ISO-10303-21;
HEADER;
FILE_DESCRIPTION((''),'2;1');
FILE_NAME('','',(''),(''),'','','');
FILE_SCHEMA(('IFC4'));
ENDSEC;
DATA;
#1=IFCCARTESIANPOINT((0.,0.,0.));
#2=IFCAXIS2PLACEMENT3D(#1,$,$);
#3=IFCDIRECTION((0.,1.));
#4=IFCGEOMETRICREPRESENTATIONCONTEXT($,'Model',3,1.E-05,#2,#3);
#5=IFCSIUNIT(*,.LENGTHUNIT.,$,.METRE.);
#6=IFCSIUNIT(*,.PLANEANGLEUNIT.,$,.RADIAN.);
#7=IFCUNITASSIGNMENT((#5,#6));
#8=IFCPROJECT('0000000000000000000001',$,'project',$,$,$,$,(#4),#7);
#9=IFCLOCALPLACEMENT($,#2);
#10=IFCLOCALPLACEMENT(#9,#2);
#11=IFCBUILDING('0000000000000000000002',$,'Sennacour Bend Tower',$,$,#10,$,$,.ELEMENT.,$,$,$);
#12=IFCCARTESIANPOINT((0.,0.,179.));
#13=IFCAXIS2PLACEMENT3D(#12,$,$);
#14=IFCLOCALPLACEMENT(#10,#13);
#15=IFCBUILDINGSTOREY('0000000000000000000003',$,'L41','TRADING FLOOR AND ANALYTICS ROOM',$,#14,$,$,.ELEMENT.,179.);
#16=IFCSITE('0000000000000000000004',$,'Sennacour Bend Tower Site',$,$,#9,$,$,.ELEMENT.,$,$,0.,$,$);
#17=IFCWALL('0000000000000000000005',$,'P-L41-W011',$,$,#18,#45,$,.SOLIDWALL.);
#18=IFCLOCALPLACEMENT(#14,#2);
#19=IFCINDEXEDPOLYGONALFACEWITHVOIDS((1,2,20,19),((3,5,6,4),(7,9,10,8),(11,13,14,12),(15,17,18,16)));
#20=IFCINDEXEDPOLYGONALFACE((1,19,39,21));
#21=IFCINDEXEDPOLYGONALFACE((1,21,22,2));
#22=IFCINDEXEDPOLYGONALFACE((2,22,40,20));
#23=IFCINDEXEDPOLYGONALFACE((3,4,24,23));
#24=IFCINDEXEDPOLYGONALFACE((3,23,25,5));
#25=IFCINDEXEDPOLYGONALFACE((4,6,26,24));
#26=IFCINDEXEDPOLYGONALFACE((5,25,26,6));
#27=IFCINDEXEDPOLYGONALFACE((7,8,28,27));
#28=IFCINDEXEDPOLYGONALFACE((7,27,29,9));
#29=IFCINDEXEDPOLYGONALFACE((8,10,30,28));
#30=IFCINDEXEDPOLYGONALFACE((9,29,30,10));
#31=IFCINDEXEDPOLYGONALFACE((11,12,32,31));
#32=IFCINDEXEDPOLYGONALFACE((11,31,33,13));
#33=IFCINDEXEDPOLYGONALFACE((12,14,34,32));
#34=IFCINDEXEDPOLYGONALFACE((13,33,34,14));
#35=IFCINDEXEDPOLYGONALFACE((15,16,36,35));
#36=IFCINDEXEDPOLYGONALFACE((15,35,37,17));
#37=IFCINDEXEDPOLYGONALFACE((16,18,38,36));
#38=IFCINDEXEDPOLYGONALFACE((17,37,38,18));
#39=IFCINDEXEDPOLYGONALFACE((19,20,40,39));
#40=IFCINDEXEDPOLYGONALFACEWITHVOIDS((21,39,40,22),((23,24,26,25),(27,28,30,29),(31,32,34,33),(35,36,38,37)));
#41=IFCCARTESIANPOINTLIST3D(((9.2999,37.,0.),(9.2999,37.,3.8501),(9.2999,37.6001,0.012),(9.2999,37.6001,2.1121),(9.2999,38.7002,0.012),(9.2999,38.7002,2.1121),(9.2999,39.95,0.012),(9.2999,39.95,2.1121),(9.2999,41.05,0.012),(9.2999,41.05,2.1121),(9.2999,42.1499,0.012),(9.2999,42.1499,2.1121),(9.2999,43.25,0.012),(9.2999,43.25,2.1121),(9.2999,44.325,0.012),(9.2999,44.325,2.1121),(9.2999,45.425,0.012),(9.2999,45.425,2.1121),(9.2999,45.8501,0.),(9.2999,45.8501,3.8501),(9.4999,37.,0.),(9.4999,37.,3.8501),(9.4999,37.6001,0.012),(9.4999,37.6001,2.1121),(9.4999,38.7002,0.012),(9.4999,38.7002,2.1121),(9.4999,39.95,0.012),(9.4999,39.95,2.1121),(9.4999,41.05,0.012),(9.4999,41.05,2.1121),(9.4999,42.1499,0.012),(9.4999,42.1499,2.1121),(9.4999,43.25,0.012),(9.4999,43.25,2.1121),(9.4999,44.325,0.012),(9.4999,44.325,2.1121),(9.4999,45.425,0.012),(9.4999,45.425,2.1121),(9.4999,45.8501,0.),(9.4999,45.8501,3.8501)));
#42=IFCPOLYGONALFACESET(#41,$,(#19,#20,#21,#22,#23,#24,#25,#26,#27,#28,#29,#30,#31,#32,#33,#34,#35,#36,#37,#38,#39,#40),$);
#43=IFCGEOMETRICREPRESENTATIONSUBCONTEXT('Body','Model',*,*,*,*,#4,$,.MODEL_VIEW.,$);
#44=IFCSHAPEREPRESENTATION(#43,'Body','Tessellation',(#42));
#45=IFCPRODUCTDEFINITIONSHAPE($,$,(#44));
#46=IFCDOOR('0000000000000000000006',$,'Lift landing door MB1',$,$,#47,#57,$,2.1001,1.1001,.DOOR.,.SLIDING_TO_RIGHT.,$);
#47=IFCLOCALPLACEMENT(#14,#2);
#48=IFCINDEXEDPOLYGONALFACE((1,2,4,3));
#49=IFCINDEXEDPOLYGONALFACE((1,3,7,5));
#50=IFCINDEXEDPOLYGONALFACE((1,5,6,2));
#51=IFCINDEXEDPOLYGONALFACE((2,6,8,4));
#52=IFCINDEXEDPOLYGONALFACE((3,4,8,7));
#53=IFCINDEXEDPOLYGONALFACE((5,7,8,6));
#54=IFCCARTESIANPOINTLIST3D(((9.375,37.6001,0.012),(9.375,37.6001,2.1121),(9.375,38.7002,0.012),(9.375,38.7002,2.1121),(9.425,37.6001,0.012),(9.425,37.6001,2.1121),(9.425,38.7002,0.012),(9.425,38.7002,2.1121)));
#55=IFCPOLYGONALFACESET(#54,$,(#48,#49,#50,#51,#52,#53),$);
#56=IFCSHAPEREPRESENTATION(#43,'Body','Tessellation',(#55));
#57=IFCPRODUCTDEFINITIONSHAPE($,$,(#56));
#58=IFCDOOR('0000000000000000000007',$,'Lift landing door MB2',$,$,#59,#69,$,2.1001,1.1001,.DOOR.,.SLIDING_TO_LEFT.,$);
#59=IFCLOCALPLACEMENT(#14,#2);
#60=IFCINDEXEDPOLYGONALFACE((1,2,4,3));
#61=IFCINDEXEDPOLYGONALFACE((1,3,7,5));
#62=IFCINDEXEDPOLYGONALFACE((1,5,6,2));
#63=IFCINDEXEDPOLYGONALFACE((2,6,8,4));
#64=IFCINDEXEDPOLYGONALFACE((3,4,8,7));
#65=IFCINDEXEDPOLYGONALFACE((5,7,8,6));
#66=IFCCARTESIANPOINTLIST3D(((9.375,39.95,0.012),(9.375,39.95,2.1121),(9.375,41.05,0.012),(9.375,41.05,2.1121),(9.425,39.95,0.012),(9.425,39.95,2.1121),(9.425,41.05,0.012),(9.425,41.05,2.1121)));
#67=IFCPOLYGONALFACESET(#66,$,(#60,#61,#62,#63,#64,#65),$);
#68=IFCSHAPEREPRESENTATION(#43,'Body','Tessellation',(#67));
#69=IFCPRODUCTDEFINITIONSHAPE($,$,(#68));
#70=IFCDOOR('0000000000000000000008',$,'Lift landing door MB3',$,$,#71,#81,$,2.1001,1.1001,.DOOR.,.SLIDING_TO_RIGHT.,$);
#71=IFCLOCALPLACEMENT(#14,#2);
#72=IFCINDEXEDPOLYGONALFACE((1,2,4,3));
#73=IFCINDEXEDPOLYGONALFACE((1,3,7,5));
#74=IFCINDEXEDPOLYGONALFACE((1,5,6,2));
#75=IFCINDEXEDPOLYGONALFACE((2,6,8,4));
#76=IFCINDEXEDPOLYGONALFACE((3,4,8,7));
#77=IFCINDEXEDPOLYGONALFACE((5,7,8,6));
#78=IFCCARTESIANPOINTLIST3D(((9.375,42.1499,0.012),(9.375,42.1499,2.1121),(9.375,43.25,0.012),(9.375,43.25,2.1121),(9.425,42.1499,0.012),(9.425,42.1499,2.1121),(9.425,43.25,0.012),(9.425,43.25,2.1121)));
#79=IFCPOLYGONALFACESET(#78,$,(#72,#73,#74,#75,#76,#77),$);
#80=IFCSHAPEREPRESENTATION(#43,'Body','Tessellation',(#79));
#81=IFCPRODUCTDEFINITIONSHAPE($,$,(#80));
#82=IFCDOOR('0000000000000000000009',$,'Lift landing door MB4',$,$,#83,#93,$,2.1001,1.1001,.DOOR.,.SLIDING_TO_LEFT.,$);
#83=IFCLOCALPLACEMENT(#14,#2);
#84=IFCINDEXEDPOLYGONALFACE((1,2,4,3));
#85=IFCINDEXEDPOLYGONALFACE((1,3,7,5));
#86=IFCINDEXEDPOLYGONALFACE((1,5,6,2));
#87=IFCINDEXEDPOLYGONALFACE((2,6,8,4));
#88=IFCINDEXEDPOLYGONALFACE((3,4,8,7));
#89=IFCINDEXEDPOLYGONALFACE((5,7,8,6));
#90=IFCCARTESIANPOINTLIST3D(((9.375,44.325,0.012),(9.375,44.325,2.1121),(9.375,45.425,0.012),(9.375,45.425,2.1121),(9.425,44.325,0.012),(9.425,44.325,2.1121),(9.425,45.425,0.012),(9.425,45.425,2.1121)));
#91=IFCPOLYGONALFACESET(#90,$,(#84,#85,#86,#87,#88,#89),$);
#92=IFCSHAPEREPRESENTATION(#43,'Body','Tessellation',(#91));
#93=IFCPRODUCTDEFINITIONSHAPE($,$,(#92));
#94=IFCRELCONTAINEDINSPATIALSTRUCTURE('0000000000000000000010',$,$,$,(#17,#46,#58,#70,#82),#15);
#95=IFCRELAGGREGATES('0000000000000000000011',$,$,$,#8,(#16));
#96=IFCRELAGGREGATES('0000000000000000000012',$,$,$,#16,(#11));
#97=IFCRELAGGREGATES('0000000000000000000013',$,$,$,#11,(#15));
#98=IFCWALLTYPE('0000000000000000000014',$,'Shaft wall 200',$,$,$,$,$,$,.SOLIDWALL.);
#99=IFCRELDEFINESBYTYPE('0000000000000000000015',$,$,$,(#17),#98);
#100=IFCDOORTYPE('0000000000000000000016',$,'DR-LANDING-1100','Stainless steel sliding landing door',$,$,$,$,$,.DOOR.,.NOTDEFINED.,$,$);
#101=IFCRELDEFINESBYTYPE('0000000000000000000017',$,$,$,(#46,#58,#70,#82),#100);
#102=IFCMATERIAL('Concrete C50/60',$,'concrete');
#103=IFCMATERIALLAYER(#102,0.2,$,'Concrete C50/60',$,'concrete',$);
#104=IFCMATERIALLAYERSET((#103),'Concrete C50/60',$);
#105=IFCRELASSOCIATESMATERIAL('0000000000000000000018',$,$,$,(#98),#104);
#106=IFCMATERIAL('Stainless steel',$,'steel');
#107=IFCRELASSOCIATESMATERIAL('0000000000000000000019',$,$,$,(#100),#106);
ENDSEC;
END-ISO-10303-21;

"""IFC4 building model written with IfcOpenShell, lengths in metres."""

from ifc_helpers import new_model, si_unit, direction, frame, frame_2d, origin, place, context, subcontext, project, spatial, rectangle, extrude, material, layer, layer_set, type_object, element, fill, save


model = new_model("IFC4")

# Units and contexts
model_context = context("Model", 3, precision=1e-05, world=origin(), true_north=direction((0.0, 1.0)))
body_context = subcontext(model_context, "Body", "Model", "MODEL_VIEW")
ifc_project = project(units=[si_unit("LENGTHUNIT", "METRE"), si_unit("PLANEANGLEUNIT", "RADIAN")], contexts=[model_context])

# Site, building, storey
site_placement = place(None, origin())
site = spatial("IfcSite", under=ifc_project, at=site_placement, Name="Sennacour Bend Tower Site", CompositionType="ELEMENT", RefElevation=0.0)
building_placement = place(site_placement, origin())
building = spatial("IfcBuilding", under=site, at=building_placement, Name="Sennacour Bend Tower", CompositionType="ELEMENT")
storey_placement = place(building_placement, frame((0.0, 0.0, 179.0)))
storey = spatial("IfcBuildingStorey", under=building, at=storey_placement, Name="L41", Description="TRADING FLOOR AND ANALYTICS ROOM", CompositionType="ELEMENT", Elevation=179.0)

# Wall, openings, doors
ifc_material_1 = material(Name="Concrete C50/60", Category="concrete")
ifc_layer_1 = layer(ifc_material_1, 0.2, Name="Concrete C50/60", Category="concrete")
ifc_layer_set_1 = layer_set([ifc_layer_1], Name="Concrete C50/60")
wall_type_1 = type_object("IfcWallType", Name="Shaft wall 200", PredefinedType="SOLIDWALL", material=ifc_layer_set_1)
wall_1_placement = place(storey_placement, frame((9.3999, 37.0, 0.0), z_axis=(0.0, 0.0, 1.0), x_axis=(0.0, 1.0, 0.0)))
wall_1 = element("IfcWall", 1, at=wall_1_placement, inside=storey, type_object=wall_type_1, Name="P-L41-W011", PredefinedType="SOLIDWALL", context=body_context, shape_type="SweptSolid", body=[
    extrude(rectangle(XDim=8.8501, YDim=0.2, at=frame_2d((4.425, 0.0))), origin(), (0.0, 0.0, 1.0), 3.8501),
])
opening_1_placement = place(wall_1_placement, frame((0.6001, 0.0, 0.012)))
opening_1 = element("IfcOpeningElement", 2, at=opening_1_placement, cuts=wall_1, PredefinedType="OPENING", context=body_context, shape_type="SweptSolid", body=[
    extrude(rectangle(XDim=1.1001, YDim=2.1001, at=frame_2d((0.55, 1.05))), frame((0.0, 0.1099, 0.0), z_axis=(0.0, -1.0, 0.0), x_axis=(1.0, 0.0, 0.0)), (0.0, 0.0, 1.0), 0.22),
])
opening_2_placement = place(wall_1_placement, frame((2.95, 0.0, 0.012)))
opening_2 = element("IfcOpeningElement", 3, at=opening_2_placement, cuts=wall_1, PredefinedType="OPENING", context=body_context, shape_type="SweptSolid", body=[
    extrude(rectangle(XDim=1.1001, YDim=2.1001, at=frame_2d((0.55, 1.05))), frame((0.0, 0.1099, 0.0), z_axis=(0.0, -1.0, 0.0), x_axis=(1.0, 0.0, 0.0)), (0.0, 0.0, 1.0), 0.22),
])
opening_3_placement = place(wall_1_placement, frame((5.1499, 0.0, 0.012)))
opening_3 = element("IfcOpeningElement", 4, at=opening_3_placement, cuts=wall_1, PredefinedType="OPENING", context=body_context, shape_type="SweptSolid", body=[
    extrude(rectangle(XDim=1.1001, YDim=2.1001, at=frame_2d((0.55, 1.05))), frame((0.0, 0.1099, 0.0), z_axis=(0.0, -1.0, 0.0), x_axis=(1.0, 0.0, 0.0)), (0.0, 0.0, 1.0), 0.22),
])
opening_4_placement = place(wall_1_placement, frame((7.325, 0.0, 0.012)))
opening_4 = element("IfcOpeningElement", 5, at=opening_4_placement, cuts=wall_1, PredefinedType="OPENING", context=body_context, shape_type="SweptSolid", body=[
    extrude(rectangle(XDim=1.1001, YDim=2.1001, at=frame_2d((0.55, 1.05))), frame((0.0, 0.1099, 0.0), z_axis=(0.0, -1.0, 0.0), x_axis=(1.0, 0.0, 0.0)), (0.0, 0.0, 1.0), 0.22),
])
ifc_material_2 = material(Name="Stainless steel", Category="steel")
door_type_1 = type_object("IfcDoorType", Name="DR-LANDING-1100", Description="Stainless steel sliding landing door", OperationType="NOTDEFINED", PredefinedType="DOOR", material=ifc_material_2)
door_1_placement = place(opening_1_placement, origin())
door_1 = element("IfcDoor", 6, at=door_1_placement, inside=storey, type_object=door_type_1, Name="Lift landing door MB1", OperationType="SLIDING_TO_RIGHT", OverallHeight=2.1001, OverallWidth=1.1001, PredefinedType="DOOR", context=body_context, shape_type="SweptSolid", body=[
    extrude(rectangle(XDim=1.1001, YDim=2.1001, at=frame_2d((0.55, 1.05))), frame((0.0, 0.0249, 0.0), z_axis=(0.0, -1.0, 0.0), x_axis=(1.0, 0.0, 0.0)), (0.0, 0.0, 1.0), 0.05),
])
fill(opening_1, door_1)
door_2_placement = place(opening_2_placement, origin())
door_2 = element("IfcDoor", 7, at=door_2_placement, inside=storey, type_object=door_type_1, Name="Lift landing door MB2", OperationType="SLIDING_TO_LEFT", OverallHeight=2.1001, OverallWidth=1.1001, PredefinedType="DOOR", context=body_context, shape_type="SweptSolid", body=[
    extrude(rectangle(XDim=1.1001, YDim=2.1001, at=frame_2d((0.55, 1.05))), frame((0.0, 0.0249, 0.0), z_axis=(0.0, -1.0, 0.0), x_axis=(1.0, 0.0, 0.0)), (0.0, 0.0, 1.0), 0.05),
])
fill(opening_2, door_2)
door_3_placement = place(opening_3_placement, origin())
door_3 = element("IfcDoor", 8, at=door_3_placement, inside=storey, type_object=door_type_1, Name="Lift landing door MB3", OperationType="SLIDING_TO_RIGHT", OverallHeight=2.1001, OverallWidth=1.1001, PredefinedType="DOOR", context=body_context, shape_type="SweptSolid", body=[
    extrude(rectangle(XDim=1.1001, YDim=2.1001, at=frame_2d((0.55, 1.05))), frame((0.0, 0.0249, 0.0), z_axis=(0.0, -1.0, 0.0), x_axis=(1.0, 0.0, 0.0)), (0.0, 0.0, 1.0), 0.05),
])
fill(opening_3, door_3)
door_4_placement = place(opening_4_placement, origin())
door_4 = element("IfcDoor", 9, at=door_4_placement, inside=storey, type_object=door_type_1, Name="Lift landing door MB4", OperationType="SLIDING_TO_LEFT", OverallHeight=2.1001, OverallWidth=1.1001, PredefinedType="DOOR", context=body_context, shape_type="SweptSolid", body=[
    extrude(rectangle(XDim=1.1001, YDim=2.1001, at=frame_2d((0.55, 1.05))), frame((0.0, 0.0249, 0.0), z_axis=(0.0, -1.0, 0.0), x_axis=(1.0, 0.0, 0.0)), (0.0, 0.0, 1.0), 0.05),
])
fill(opening_4, door_4)

save(model, "model.ifc")
